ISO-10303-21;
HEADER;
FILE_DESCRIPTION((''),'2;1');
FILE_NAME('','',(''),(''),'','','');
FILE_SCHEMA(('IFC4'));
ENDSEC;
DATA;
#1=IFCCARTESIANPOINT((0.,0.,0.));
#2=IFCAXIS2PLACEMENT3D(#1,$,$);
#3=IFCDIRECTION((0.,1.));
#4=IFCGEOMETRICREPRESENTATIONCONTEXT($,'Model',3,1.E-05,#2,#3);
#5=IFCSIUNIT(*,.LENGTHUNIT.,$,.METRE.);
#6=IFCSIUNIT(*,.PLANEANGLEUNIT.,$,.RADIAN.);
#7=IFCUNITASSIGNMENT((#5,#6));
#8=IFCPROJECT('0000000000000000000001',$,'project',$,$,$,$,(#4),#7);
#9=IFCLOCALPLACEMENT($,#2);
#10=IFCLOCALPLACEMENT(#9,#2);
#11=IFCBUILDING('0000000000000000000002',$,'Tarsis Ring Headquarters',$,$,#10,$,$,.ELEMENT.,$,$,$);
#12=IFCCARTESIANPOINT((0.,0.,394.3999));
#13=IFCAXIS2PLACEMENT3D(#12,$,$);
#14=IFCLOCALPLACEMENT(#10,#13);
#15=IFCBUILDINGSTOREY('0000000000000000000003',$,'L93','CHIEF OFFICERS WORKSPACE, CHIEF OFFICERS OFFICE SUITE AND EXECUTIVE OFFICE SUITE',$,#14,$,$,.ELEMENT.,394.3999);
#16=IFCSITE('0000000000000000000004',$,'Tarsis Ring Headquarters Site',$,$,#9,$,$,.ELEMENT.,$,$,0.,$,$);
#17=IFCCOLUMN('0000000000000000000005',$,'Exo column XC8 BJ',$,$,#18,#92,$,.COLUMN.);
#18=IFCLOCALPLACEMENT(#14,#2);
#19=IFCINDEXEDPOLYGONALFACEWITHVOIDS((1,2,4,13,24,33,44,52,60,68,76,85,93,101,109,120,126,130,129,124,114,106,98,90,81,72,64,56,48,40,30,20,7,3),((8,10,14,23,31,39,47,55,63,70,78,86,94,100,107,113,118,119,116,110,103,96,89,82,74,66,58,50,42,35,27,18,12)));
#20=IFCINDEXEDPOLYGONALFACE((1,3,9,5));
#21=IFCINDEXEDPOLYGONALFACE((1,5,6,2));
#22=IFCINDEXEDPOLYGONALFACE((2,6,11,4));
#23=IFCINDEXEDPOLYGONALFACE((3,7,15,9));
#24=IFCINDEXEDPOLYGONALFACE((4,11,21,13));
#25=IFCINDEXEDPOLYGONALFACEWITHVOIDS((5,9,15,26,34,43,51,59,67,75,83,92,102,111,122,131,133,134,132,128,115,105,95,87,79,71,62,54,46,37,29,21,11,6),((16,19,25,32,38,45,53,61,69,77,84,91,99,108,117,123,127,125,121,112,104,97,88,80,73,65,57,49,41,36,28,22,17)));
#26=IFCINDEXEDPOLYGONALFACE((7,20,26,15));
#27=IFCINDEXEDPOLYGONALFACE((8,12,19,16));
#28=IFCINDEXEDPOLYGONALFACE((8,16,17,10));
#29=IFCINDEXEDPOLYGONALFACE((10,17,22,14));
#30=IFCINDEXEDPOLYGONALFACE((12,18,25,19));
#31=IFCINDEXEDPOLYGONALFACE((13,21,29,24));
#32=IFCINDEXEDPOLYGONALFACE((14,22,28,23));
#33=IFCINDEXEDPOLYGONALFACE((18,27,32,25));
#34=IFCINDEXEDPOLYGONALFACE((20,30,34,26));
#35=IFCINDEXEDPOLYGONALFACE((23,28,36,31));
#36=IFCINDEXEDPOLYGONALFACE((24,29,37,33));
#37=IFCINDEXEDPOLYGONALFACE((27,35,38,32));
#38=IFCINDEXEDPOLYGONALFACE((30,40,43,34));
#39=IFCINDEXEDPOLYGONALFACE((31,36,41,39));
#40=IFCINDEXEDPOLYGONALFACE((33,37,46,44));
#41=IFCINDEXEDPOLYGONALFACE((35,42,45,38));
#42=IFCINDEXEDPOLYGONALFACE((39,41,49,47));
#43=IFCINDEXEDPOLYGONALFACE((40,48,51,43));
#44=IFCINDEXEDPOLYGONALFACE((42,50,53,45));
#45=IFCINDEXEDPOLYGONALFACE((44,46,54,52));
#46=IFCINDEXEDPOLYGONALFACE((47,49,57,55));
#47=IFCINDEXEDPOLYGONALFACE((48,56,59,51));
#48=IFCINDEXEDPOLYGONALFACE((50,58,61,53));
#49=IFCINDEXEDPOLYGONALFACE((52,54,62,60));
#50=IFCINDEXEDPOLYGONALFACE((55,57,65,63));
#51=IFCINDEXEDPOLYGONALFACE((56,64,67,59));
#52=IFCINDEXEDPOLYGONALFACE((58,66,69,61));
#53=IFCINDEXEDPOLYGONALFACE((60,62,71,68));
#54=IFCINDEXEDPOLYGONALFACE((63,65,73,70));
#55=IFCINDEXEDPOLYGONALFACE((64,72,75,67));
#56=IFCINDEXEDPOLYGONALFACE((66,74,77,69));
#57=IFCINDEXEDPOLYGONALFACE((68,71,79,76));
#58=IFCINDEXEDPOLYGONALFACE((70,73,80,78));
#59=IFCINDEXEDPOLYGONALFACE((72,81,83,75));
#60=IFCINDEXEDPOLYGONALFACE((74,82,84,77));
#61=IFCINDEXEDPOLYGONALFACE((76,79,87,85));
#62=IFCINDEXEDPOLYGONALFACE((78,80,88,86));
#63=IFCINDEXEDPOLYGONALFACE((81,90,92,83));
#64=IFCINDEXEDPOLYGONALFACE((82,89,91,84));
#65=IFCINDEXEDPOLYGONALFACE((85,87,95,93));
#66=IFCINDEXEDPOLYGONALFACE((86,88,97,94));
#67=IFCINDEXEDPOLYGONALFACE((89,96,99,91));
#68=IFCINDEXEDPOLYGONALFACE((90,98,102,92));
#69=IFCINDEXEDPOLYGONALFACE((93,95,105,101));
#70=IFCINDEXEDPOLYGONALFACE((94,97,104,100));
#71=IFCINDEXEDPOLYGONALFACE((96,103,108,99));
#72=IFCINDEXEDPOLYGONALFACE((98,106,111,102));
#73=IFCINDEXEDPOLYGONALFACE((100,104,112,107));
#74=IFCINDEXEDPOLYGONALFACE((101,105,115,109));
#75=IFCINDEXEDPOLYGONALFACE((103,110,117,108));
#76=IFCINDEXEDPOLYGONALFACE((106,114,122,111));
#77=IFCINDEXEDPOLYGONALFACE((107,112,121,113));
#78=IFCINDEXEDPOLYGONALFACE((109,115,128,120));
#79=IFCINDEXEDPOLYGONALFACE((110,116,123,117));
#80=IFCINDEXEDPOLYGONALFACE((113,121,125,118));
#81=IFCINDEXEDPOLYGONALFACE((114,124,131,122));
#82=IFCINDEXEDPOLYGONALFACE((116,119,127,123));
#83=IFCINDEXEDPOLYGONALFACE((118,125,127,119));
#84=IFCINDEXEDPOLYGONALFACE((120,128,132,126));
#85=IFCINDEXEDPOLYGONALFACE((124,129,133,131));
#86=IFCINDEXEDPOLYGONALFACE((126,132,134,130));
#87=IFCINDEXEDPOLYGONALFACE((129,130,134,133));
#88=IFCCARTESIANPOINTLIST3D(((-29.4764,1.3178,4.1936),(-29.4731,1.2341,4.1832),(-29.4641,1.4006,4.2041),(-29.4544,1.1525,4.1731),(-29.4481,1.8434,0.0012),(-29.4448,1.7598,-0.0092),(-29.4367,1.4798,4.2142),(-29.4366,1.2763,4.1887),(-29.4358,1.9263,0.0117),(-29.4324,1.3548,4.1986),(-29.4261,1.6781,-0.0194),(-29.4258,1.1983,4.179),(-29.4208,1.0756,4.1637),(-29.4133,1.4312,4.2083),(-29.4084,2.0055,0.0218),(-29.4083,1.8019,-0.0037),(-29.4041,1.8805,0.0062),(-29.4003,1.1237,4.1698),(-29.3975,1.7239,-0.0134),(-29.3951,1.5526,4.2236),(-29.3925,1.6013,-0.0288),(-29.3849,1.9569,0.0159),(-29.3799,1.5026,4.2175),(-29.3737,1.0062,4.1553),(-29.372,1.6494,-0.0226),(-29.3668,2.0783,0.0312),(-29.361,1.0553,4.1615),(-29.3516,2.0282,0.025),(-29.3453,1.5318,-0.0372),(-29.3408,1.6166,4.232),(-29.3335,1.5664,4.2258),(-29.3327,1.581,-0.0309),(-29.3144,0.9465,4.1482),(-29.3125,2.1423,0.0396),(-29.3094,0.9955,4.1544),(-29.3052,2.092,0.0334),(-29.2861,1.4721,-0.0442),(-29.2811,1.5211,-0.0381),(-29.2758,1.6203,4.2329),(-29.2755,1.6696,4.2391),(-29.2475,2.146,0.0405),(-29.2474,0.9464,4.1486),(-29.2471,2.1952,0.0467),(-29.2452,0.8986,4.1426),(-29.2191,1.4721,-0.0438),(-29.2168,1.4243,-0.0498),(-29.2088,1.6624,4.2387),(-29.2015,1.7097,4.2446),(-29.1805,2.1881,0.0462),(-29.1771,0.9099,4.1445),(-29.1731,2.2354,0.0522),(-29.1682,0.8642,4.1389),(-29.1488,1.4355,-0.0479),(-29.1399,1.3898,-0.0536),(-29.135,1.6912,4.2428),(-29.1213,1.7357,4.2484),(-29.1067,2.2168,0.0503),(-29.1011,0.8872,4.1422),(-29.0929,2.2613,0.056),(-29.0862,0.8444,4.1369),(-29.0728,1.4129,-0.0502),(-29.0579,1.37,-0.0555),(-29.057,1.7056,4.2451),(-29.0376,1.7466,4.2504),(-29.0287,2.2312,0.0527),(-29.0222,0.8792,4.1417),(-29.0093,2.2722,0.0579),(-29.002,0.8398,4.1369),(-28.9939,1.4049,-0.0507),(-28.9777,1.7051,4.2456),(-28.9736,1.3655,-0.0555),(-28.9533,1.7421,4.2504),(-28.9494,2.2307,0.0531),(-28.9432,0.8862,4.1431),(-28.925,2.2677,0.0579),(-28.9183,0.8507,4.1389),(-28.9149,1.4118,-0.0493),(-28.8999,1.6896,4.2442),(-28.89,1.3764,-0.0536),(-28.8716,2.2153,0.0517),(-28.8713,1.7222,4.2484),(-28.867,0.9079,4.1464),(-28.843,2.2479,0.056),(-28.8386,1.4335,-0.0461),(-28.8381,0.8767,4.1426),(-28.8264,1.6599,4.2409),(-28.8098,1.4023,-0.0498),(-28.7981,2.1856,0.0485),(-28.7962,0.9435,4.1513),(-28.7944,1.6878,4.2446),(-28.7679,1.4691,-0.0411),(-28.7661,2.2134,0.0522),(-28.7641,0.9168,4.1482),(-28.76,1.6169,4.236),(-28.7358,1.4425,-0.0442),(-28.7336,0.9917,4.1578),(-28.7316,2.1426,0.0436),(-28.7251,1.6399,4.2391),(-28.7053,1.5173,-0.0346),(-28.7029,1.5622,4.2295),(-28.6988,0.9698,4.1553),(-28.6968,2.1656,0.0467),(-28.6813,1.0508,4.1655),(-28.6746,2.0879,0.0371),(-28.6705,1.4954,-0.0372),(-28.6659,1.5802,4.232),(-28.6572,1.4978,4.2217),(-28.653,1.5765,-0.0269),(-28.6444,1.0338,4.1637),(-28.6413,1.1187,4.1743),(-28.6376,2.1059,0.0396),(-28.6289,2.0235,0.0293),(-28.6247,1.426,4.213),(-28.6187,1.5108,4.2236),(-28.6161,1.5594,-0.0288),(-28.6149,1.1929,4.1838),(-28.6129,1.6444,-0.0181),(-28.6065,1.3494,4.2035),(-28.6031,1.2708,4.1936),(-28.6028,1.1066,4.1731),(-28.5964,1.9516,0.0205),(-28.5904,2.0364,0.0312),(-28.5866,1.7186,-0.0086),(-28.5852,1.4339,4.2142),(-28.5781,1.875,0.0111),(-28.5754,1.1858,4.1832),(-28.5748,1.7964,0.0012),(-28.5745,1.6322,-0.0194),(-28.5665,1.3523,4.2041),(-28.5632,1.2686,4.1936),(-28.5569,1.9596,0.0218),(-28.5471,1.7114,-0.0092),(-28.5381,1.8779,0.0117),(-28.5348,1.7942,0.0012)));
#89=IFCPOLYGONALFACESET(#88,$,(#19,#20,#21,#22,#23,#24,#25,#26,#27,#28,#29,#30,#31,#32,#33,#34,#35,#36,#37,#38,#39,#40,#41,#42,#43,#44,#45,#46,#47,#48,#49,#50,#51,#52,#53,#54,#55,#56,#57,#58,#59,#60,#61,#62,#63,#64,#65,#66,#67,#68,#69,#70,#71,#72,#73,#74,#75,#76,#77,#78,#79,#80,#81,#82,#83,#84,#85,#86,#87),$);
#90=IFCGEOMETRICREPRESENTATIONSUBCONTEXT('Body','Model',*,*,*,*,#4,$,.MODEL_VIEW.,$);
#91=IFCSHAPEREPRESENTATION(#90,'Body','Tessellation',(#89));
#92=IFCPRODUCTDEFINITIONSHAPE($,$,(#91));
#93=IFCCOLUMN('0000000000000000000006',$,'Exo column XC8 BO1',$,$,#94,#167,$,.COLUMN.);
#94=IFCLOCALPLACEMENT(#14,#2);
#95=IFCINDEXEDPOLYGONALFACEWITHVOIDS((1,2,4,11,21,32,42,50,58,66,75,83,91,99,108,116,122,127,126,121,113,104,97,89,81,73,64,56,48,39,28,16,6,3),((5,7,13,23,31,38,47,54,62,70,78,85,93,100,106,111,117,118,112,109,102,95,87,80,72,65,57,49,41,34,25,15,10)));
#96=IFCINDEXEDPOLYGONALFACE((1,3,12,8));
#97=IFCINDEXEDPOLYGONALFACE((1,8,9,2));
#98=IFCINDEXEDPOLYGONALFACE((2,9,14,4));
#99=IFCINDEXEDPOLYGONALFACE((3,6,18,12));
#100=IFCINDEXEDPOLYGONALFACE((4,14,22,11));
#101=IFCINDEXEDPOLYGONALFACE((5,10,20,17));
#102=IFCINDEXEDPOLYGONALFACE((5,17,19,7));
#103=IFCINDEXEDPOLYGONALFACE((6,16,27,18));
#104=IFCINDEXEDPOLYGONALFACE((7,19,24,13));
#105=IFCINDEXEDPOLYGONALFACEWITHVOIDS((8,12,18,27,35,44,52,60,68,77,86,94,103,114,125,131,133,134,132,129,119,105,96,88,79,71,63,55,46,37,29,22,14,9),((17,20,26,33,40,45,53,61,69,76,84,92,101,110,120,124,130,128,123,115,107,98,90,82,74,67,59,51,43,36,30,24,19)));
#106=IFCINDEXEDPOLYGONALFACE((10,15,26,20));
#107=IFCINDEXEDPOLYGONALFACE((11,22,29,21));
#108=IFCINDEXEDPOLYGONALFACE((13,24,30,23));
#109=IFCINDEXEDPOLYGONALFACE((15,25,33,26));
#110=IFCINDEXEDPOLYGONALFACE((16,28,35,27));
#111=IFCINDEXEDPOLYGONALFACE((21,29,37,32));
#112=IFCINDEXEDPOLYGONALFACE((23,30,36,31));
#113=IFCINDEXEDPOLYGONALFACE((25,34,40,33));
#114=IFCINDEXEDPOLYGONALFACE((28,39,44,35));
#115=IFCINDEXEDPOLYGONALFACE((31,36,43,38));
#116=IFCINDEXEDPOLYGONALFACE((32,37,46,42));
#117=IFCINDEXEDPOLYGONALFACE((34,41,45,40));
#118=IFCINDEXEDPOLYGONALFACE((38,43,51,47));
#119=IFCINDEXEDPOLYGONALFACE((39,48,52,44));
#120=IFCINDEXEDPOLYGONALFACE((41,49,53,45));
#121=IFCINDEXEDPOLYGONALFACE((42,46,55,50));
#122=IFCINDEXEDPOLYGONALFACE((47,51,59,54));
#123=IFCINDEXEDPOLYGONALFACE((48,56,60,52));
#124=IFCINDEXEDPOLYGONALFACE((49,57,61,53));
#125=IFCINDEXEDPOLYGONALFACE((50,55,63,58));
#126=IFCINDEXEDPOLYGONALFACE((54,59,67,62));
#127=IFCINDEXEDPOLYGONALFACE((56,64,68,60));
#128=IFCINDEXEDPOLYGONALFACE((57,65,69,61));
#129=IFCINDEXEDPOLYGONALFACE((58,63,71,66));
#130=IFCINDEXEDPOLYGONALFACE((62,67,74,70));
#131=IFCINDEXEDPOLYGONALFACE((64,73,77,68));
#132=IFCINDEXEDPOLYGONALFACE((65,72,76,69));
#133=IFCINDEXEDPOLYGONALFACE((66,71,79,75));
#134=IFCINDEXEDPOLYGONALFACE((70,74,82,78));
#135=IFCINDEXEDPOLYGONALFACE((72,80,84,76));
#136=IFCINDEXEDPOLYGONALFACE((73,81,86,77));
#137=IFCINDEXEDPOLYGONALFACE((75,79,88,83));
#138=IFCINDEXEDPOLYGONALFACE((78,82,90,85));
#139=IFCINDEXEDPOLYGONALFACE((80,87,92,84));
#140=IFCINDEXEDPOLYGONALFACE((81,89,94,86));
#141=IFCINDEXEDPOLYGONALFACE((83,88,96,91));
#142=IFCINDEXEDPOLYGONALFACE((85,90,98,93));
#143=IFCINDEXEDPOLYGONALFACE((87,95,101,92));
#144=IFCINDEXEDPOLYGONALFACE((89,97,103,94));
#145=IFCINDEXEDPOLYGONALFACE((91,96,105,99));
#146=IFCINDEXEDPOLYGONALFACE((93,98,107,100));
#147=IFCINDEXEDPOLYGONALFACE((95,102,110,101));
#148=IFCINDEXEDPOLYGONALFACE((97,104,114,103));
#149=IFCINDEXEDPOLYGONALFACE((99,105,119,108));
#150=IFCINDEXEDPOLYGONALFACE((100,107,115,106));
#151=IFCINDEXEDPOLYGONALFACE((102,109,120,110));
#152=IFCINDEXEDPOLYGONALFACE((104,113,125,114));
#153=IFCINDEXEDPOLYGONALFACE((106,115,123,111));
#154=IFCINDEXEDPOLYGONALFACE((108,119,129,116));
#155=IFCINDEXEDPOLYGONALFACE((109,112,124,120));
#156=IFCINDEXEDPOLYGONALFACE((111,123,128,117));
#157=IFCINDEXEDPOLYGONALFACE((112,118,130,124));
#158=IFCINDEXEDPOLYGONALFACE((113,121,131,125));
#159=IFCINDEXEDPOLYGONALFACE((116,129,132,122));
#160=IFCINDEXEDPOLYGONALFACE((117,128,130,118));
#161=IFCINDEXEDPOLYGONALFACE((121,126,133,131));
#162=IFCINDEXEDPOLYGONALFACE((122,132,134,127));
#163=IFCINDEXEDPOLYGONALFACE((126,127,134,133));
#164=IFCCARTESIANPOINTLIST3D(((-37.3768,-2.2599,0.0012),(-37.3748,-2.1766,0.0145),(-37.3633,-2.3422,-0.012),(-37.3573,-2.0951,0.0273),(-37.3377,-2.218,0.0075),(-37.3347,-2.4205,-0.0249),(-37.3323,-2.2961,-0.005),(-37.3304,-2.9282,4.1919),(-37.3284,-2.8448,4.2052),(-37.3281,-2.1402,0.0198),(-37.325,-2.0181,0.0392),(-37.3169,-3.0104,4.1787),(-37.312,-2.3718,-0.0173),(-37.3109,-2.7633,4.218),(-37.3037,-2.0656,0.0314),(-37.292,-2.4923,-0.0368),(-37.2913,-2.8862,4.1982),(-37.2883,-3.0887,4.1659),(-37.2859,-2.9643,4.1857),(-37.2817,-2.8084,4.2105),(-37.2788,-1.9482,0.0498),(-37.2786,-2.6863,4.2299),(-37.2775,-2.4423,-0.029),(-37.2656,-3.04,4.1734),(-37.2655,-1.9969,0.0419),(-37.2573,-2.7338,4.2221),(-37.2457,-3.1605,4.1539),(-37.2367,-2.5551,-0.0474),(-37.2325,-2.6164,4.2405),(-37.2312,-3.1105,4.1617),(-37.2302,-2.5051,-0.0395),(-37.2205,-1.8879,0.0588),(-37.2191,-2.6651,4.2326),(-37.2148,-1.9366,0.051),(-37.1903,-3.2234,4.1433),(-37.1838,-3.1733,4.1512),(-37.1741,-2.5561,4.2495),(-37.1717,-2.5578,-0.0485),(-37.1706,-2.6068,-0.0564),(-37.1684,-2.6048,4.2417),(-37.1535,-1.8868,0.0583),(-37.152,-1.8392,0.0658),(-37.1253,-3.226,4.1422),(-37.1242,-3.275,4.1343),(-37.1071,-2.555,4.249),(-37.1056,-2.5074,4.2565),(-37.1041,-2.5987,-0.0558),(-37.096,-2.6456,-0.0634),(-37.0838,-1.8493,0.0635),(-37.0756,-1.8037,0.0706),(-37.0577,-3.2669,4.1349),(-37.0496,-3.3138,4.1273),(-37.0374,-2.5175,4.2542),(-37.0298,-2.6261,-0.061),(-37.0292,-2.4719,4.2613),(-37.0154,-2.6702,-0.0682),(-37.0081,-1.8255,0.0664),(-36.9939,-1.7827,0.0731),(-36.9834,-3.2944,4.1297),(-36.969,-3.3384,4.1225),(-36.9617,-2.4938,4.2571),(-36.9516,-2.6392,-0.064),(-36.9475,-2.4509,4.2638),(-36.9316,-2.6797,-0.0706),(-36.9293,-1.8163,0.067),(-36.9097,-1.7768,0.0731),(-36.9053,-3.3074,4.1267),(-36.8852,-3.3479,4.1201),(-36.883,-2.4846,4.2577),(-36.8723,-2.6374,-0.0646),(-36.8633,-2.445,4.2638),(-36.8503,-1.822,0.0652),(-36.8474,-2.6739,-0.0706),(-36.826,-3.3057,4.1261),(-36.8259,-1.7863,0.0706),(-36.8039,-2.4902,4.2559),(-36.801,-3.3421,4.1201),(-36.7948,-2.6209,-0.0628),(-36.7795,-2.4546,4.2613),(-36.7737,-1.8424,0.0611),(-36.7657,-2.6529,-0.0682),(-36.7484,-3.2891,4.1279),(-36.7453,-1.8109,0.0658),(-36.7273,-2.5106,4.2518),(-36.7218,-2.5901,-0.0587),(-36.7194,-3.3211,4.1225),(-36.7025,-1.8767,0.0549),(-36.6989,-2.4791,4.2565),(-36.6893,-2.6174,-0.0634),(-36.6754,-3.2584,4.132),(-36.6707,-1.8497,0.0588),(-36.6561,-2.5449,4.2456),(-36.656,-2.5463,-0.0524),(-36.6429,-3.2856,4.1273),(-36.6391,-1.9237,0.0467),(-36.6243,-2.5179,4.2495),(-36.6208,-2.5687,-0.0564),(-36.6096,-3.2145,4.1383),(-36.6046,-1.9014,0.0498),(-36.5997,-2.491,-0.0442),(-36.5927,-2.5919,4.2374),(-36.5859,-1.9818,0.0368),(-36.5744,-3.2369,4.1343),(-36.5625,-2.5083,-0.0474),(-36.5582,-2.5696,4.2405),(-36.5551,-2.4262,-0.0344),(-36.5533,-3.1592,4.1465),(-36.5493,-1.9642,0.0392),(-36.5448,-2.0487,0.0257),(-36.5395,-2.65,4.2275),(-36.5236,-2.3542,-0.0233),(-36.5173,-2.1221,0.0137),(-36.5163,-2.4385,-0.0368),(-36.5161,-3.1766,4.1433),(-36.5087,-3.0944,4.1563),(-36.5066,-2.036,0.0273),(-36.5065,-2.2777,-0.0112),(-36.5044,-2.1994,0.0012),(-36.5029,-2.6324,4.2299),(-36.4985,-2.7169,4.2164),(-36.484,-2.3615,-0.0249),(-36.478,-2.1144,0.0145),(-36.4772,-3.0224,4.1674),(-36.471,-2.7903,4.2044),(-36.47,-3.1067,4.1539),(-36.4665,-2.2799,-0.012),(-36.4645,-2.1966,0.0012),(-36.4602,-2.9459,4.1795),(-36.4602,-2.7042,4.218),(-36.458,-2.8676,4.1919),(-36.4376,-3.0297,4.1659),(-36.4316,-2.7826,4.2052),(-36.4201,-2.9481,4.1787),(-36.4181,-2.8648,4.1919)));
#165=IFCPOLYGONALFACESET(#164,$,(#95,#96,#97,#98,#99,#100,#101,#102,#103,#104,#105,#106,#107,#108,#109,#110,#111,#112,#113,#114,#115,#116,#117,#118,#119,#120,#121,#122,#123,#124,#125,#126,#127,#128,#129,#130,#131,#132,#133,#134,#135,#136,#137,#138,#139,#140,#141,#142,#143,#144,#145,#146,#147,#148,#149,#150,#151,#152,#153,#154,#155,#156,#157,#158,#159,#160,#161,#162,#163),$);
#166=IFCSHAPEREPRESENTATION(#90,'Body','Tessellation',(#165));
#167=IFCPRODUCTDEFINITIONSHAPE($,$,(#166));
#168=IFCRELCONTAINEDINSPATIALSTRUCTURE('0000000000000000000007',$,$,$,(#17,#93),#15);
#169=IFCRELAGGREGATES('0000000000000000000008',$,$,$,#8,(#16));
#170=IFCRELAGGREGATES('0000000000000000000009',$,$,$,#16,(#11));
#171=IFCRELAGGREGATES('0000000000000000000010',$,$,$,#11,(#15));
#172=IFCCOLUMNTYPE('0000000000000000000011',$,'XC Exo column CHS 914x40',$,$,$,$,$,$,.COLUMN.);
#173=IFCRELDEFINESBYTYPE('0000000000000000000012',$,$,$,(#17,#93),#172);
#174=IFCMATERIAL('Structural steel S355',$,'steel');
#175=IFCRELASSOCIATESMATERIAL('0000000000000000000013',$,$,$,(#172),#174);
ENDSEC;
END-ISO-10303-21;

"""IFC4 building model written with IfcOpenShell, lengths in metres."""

from ifc_helpers import new_model, si_unit, direction, frame, origin, origin_2d, place, context, subcontext, project, spatial, hollow_circle, extrude, material, material_profile, profile_set, type_object, element, save


model = new_model("IFC4")

# Units and contexts
model_context = context("Model", 3, precision=1e-05, world=origin(), true_north=direction((0.0, 1.0)))
body_context = subcontext(model_context, "Body", "Model", "MODEL_VIEW")
ifc_project = project(units=[si_unit("LENGTHUNIT", "METRE"), si_unit("PLANEANGLEUNIT", "RADIAN")], contexts=[model_context])

# Site, building, storey
site_placement = place(None, origin())
site = spatial("IfcSite", under=ifc_project, at=site_placement, Name="Tarsis Ring Headquarters Site", CompositionType="ELEMENT", RefElevation=0.0)
building_placement = place(site_placement, origin())
building = spatial("IfcBuilding", under=site, at=building_placement, Name="Tarsis Ring Headquarters", CompositionType="ELEMENT")
storey_placement = place(building_placement, frame((0.0, 0.0, 394.3999)))
storey = spatial("IfcBuildingStorey", under=building, at=storey_placement, Name="L93", Description="CHIEF OFFICERS WORKSPACE, CHIEF OFFICERS OFFICE SUITE AND EXECUTIVE OFFICE SUITE", CompositionType="ELEMENT", Elevation=394.3999)

# Columns
ifc_material_1 = material(Name="Structural steel S355", Category="steel")
ifc_material_profile_1 = material_profile(ifc_material_1, hollow_circle(Radius=0.457, WallThickness=0.04, at=origin_2d()), Name="CHS 914x40")
ifc_profile_set_1 = profile_set([ifc_material_profile_1], Name="Structural steel S355")
column_type = type_object("IfcColumnType", Name="XC Exo column CHS 914x40", PredefinedType="COLUMN", material=ifc_profile_set_1)
column_1_placement = place(storey_placement, frame((-28.9915, 1.8188, 0.0012), z_axis=(-0.006703, -0.124402, 0.992209), x_axis=(0.998552, -0.0538, 0.0)))
element("IfcColumn", 1, at=column_1_placement, inside=storey, type_object=column_type, Name="Exo column XC8 BJ", PredefinedType="COLUMN", context=body_context, shape_type="SweptSolid", body=[
    extrude(hollow_circle(Radius=0.4573, WallThickness=0.04, at=origin_2d()), origin(), (0.0, 0.0, 1.0), 4.2253),
])
column_2_placement = place(storey_placement, frame((-36.9207, -2.2283, 0.0012), z_axis=(0.01093, -0.157454, 0.987466), x_axis=(0.997599, 0.069252, 0.0)))
element("IfcColumn", 2, at=column_2_placement, inside=storey, type_object=column_type, Name="Exo column XC8 BO1", PredefinedType="COLUMN", context=body_context, shape_type="SweptSolid", body=[
    extrude(hollow_circle(Radius=0.4573, WallThickness=0.04, at=origin_2d()), origin(), (0.0, 0.0, 1.0), 4.2439),
])

save(model, "model.ifc")
